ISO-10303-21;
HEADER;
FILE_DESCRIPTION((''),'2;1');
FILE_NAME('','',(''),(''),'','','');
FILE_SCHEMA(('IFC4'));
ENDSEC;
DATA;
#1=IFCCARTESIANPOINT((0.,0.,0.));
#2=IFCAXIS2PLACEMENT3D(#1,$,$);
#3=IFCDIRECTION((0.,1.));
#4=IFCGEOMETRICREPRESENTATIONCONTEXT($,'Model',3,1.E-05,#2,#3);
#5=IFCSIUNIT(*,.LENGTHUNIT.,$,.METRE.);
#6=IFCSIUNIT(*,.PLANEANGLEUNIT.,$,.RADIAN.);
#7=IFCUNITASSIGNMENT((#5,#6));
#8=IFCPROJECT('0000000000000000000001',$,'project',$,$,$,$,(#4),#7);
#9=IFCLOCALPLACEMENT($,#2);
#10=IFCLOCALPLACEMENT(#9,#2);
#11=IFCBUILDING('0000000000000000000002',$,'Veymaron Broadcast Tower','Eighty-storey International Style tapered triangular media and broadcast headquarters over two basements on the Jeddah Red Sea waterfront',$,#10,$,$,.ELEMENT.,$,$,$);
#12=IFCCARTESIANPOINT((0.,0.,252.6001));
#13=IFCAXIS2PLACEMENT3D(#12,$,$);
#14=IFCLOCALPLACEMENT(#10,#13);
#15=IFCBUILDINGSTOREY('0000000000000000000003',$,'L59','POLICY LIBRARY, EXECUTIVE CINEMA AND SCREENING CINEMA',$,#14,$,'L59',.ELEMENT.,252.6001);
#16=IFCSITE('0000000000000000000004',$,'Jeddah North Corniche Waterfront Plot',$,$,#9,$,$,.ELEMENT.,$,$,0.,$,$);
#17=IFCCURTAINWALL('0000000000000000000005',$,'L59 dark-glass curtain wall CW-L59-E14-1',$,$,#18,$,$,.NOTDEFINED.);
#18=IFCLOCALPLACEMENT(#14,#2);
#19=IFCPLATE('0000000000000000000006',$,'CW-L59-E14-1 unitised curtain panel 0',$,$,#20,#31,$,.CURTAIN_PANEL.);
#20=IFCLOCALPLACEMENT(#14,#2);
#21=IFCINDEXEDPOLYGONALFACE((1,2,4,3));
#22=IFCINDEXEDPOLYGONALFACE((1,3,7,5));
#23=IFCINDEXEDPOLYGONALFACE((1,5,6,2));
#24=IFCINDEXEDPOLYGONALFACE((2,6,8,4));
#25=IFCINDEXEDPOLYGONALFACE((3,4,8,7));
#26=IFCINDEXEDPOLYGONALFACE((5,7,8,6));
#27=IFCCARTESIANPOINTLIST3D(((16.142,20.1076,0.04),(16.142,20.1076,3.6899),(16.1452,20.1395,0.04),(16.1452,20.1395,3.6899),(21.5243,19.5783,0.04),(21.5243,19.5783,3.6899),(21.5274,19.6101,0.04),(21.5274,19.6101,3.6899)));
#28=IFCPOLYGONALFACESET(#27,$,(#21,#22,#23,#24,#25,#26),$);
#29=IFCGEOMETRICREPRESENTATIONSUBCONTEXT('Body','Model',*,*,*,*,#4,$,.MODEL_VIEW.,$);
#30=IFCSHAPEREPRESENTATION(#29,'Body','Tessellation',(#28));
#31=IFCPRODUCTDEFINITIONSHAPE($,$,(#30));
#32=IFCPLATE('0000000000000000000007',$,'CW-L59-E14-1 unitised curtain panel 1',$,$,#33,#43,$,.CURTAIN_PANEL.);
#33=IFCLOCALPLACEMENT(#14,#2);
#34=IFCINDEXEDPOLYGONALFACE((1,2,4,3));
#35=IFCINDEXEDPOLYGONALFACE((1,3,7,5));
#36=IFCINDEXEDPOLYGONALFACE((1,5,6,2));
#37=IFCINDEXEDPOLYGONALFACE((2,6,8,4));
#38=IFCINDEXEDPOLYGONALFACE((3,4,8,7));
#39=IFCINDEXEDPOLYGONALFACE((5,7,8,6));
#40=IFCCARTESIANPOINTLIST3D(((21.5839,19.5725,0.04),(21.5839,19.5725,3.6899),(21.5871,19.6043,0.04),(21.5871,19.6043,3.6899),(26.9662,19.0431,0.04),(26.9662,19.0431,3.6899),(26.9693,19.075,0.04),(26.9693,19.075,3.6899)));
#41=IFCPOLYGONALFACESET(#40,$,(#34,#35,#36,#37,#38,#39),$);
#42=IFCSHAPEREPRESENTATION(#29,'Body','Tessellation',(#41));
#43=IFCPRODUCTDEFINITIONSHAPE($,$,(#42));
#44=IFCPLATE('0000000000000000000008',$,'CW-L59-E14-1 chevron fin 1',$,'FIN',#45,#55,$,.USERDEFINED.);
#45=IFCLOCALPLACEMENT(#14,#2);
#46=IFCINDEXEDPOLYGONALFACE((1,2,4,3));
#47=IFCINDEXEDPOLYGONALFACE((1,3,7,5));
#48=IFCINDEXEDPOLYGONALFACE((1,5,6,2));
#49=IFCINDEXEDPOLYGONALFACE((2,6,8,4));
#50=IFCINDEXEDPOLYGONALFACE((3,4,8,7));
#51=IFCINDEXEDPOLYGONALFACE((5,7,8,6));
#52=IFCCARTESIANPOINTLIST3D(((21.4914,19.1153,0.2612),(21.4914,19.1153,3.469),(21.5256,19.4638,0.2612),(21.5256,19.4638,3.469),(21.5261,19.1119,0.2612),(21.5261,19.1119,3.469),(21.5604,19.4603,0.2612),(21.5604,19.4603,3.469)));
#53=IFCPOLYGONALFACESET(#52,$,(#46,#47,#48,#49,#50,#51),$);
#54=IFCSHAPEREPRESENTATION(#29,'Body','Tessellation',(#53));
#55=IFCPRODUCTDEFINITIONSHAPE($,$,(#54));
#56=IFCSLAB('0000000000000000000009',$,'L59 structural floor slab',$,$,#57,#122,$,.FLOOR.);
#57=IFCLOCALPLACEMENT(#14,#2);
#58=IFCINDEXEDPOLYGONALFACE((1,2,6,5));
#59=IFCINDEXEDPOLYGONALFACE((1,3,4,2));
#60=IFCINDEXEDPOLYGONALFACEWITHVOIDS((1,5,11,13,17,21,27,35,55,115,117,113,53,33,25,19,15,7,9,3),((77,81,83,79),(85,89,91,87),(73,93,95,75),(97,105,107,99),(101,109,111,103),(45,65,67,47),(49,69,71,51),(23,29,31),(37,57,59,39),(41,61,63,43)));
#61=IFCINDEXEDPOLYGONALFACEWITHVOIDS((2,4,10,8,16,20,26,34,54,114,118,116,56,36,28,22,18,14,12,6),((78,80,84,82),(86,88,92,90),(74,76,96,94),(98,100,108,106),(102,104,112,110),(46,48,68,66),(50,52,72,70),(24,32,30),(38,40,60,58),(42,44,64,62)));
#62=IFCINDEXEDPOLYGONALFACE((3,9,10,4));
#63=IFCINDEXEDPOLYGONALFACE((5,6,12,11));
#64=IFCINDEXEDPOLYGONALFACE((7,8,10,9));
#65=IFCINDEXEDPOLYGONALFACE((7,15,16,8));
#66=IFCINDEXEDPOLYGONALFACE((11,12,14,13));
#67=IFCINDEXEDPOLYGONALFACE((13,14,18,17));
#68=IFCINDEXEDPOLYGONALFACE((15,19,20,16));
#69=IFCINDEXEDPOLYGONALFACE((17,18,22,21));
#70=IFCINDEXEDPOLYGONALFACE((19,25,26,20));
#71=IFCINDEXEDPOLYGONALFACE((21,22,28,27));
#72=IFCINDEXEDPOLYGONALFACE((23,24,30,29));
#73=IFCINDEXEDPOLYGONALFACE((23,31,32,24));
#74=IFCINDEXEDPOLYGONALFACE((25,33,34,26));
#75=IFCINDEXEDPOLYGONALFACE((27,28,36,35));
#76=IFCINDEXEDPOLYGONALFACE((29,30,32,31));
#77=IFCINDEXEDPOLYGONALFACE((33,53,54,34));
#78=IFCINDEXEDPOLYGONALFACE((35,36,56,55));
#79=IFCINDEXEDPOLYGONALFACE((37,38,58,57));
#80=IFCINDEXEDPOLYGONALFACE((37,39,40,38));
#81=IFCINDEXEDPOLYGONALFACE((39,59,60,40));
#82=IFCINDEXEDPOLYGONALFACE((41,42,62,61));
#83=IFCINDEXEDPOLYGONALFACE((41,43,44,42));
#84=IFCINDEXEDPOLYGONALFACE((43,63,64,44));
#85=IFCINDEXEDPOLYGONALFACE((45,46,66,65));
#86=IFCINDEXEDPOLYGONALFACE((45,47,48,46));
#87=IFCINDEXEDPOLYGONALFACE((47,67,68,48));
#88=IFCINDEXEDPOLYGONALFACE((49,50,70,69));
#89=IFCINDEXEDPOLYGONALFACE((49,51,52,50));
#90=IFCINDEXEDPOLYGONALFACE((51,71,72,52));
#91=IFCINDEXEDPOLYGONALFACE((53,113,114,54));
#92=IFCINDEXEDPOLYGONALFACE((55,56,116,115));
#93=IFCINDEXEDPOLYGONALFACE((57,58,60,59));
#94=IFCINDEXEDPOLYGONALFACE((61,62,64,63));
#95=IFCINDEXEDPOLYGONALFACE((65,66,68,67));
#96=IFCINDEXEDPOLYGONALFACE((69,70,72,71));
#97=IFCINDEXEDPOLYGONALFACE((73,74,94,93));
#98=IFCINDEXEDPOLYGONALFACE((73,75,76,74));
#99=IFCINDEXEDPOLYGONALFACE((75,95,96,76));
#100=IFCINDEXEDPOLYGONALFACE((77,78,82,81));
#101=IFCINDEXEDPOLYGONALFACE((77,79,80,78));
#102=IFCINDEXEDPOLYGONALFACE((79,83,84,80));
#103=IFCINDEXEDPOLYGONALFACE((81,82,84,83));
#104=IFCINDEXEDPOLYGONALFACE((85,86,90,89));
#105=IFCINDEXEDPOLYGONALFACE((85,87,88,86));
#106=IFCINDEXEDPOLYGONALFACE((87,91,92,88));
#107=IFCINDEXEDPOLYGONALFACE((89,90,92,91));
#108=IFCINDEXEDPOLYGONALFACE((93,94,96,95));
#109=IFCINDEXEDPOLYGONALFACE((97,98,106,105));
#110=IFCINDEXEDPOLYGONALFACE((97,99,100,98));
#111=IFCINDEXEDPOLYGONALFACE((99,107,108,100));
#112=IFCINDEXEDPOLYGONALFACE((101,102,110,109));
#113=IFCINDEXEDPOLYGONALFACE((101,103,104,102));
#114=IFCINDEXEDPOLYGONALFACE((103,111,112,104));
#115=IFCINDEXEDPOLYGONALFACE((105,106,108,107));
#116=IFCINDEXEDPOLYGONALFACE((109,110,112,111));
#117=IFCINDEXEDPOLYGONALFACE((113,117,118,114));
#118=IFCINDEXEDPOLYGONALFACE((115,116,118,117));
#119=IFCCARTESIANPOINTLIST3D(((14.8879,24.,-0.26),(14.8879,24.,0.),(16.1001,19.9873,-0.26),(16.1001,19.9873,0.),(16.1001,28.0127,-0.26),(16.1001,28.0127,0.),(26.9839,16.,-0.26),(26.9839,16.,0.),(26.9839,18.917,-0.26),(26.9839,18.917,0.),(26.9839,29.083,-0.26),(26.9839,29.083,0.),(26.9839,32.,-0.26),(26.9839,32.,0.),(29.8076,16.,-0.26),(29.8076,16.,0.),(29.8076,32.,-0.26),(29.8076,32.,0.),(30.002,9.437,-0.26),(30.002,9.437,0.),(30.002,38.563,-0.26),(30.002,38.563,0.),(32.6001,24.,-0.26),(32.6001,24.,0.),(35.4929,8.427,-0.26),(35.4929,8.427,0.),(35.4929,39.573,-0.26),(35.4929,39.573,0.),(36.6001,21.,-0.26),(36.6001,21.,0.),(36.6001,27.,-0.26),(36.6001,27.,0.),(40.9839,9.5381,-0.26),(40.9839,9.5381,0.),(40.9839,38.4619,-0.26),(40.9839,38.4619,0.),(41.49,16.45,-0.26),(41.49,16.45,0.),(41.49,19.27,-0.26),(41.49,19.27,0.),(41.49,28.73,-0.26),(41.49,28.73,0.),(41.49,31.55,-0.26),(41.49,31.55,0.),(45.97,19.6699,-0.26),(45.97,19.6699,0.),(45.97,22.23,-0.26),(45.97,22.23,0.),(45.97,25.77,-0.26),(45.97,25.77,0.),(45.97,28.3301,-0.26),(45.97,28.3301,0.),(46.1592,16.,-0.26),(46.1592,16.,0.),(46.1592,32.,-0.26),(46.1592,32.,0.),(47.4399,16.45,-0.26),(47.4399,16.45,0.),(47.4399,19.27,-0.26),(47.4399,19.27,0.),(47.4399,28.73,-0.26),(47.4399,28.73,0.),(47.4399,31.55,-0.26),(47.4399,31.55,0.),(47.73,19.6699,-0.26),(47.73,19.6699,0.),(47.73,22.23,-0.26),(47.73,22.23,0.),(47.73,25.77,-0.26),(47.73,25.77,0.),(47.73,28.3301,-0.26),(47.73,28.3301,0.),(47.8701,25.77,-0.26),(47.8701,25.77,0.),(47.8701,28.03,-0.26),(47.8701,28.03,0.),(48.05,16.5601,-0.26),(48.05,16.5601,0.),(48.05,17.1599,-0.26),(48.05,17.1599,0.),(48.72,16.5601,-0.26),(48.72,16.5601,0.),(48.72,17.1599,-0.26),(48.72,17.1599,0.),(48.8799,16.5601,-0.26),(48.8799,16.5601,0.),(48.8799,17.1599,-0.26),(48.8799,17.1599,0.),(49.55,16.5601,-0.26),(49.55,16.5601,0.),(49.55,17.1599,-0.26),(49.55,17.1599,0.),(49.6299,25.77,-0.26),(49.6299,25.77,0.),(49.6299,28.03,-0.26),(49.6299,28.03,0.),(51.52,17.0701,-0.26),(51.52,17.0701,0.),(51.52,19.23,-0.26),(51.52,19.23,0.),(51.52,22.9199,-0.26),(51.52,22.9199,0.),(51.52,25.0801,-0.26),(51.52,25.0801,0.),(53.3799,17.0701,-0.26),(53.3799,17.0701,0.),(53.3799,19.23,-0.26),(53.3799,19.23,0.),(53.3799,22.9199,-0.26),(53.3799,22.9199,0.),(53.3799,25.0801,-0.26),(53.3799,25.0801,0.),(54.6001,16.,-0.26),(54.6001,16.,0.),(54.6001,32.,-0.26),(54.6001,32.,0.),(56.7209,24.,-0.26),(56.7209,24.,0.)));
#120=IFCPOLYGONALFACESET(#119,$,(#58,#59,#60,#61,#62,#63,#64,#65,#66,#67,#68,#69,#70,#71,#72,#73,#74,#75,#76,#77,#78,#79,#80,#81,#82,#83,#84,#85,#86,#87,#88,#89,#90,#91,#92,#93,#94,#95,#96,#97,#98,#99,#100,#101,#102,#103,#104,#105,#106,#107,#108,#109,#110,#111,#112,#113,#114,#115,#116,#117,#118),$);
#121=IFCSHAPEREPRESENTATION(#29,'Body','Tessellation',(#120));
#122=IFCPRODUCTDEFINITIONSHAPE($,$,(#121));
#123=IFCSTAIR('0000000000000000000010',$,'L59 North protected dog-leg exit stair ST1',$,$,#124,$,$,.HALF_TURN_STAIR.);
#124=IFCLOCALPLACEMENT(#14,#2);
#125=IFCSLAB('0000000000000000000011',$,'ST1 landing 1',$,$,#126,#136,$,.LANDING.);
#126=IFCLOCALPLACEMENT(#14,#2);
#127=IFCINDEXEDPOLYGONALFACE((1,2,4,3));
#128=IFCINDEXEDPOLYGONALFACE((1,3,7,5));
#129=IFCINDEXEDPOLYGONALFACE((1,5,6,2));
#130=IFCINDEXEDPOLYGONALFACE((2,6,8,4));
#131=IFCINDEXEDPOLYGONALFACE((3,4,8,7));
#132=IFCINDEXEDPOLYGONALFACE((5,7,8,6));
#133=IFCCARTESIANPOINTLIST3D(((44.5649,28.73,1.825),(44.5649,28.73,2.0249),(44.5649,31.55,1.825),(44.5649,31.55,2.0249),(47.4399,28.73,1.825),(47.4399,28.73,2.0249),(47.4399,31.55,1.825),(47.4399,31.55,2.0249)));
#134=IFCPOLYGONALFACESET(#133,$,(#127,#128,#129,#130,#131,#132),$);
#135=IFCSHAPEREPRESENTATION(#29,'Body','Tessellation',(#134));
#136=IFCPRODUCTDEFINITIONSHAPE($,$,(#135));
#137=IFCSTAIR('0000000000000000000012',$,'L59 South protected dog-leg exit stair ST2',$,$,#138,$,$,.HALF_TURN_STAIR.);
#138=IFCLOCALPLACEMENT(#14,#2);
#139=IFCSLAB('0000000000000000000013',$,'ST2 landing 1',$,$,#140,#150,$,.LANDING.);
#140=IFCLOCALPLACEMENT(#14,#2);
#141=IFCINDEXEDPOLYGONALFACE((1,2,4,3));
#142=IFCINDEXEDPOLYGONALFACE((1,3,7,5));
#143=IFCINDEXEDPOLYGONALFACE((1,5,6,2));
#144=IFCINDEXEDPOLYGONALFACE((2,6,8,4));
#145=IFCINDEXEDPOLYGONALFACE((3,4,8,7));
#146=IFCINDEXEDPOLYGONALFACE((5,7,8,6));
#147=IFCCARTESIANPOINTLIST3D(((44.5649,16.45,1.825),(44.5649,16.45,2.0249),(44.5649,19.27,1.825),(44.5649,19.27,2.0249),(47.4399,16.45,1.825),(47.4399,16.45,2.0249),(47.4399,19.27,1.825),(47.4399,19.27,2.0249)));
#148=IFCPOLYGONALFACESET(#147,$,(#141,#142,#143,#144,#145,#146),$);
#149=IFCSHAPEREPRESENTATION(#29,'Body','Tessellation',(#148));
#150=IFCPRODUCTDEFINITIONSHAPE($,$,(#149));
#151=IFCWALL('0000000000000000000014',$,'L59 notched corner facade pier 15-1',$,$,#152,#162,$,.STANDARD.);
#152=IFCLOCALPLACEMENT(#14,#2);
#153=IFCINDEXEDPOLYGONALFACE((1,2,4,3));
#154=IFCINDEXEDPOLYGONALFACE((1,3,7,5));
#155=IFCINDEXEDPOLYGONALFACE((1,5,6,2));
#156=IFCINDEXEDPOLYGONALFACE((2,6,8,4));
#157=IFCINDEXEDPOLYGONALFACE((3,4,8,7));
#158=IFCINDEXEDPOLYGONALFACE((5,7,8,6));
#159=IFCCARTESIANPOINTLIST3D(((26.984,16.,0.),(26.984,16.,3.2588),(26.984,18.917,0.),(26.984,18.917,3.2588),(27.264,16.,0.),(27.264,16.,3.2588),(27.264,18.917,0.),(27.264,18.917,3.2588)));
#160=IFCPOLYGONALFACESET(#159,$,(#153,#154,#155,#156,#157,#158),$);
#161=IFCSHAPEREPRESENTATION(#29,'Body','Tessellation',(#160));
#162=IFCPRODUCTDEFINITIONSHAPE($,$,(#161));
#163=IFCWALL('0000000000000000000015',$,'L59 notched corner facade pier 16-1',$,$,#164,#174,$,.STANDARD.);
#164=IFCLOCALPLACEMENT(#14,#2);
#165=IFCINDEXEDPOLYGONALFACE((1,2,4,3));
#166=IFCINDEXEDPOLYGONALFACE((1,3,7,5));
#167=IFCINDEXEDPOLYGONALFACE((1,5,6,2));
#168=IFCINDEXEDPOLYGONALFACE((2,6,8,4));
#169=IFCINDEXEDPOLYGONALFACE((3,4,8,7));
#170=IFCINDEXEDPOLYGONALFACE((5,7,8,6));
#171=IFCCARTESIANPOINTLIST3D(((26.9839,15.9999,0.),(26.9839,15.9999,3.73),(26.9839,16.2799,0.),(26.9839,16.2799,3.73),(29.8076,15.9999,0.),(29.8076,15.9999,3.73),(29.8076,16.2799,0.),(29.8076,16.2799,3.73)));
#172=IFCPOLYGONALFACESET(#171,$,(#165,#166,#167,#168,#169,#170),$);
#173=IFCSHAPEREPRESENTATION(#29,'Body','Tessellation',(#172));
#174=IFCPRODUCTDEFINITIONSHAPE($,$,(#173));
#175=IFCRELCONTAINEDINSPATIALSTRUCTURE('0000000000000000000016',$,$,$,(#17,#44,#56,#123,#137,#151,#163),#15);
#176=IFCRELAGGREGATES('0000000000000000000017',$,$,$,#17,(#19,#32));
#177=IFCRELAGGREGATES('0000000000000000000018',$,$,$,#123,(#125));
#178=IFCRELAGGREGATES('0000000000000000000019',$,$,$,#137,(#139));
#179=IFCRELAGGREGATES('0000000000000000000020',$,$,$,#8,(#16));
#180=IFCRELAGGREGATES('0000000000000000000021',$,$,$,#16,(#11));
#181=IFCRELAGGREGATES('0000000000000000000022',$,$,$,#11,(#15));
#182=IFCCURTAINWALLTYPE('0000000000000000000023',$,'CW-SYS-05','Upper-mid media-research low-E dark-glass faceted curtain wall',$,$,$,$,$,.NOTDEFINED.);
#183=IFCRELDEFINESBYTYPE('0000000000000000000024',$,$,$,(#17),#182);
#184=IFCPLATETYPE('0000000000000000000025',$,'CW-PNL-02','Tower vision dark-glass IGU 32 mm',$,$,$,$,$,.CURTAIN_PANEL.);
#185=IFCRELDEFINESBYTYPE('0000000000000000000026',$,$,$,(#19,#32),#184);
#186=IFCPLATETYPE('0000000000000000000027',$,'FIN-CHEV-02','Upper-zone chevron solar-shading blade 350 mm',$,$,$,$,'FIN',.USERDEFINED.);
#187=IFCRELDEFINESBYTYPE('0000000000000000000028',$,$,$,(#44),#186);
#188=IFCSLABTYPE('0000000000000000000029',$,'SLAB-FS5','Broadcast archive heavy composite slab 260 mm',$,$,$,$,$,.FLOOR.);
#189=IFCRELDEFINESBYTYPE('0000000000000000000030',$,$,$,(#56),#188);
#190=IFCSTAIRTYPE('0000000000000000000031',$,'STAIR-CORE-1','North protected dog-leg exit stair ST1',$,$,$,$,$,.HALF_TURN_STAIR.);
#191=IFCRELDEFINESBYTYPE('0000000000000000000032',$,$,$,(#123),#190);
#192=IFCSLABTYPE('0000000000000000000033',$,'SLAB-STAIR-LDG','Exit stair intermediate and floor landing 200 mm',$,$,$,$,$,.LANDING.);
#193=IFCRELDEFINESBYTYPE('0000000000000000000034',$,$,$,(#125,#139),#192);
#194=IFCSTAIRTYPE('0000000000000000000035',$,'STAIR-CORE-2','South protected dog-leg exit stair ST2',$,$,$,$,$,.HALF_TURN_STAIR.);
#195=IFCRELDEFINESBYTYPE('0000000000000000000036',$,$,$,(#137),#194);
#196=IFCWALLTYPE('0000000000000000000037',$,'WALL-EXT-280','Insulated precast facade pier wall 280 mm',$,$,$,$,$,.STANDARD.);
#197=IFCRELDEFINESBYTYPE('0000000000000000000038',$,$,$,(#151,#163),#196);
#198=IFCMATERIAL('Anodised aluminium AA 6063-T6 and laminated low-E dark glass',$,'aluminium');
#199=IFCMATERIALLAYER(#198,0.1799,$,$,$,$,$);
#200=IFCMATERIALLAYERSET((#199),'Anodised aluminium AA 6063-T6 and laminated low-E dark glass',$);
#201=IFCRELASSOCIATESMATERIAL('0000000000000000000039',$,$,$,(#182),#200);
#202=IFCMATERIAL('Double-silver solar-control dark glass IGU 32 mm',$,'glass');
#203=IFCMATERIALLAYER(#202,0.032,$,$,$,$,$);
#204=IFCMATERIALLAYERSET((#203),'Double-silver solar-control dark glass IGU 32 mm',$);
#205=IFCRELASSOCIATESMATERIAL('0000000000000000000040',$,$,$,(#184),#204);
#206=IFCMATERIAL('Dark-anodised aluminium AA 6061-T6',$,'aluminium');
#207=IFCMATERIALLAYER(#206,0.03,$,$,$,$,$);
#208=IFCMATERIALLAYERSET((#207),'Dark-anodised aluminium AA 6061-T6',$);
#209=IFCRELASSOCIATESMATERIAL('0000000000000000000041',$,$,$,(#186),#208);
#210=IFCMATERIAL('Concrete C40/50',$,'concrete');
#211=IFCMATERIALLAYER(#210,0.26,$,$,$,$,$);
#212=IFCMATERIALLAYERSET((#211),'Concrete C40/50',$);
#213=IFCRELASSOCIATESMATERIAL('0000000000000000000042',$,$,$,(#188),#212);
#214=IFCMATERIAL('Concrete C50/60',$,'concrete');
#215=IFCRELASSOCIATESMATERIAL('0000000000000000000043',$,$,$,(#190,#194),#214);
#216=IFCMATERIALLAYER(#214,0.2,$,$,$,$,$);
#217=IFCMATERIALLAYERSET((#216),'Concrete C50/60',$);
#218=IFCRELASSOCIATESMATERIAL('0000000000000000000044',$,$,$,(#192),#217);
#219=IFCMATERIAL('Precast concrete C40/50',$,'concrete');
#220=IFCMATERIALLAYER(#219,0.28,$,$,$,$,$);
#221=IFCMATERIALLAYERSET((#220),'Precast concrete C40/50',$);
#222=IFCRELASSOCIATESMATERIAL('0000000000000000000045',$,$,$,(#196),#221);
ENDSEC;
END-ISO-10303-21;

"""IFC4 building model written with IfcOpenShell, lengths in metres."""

from ifc_helpers import new_model, si_unit, direction, frame, frame_2d, origin, origin_2d, place, context, subcontext, project, spatial, polyline, rectangle, outline, extrude, material, layer, layer_set, type_object, element, aggregate, save


model = new_model("IFC4")

# Units and contexts
model_context = context("Model", 3, precision=1e-05, world=origin(), true_north=direction((0.0, 1.0)))
body_context = subcontext(model_context, "Body", "Model", "MODEL_VIEW")
ifc_project = project(units=[si_unit("LENGTHUNIT", "METRE"), si_unit("PLANEANGLEUNIT", "RADIAN")], contexts=[model_context])

# Site, building, storey
site_placement = place(None, origin())
site = spatial("IfcSite", under=ifc_project, at=site_placement, Name="Jeddah North Corniche Waterfront Plot", CompositionType="ELEMENT", RefElevation=0.0)
building_placement = place(site_placement, origin())
building = spatial("IfcBuilding", under=site, at=building_placement, Name="Veymaron Broadcast Tower", Description="Eighty-storey International Style tapered triangular media and broadcast headquarters over two basements on the Jeddah Red Sea waterfront", CompositionType="ELEMENT")
storey_placement = place(building_placement, frame((0.0, 0.0, 252.6001)))
storey = spatial("IfcBuildingStorey", under=building, at=storey_placement, Name="L59", Description="POLICY LIBRARY, EXECUTIVE CINEMA AND SCREENING CINEMA", LongName="L59", CompositionType="ELEMENT", Elevation=252.6001)

# Curtain wall, plates
ifc_material_1 = material(Name="Anodised aluminium AA 6063-T6 and laminated low-E dark glass", Category="aluminium")
ifc_layer_1 = layer(ifc_material_1, 0.1799)
ifc_layer_set_1 = layer_set([ifc_layer_1], Name="Anodised aluminium AA 6063-T6 and laminated low-E dark glass")
curtain_wall_type = type_object("IfcCurtainWallType", Name="CW-SYS-05", Description="Upper-mid media-research low-E dark-glass faceted curtain wall", PredefinedType="NOTDEFINED", material=ifc_layer_set_1)
curtain_wall_placement = place(storey_placement, origin())
curtain_wall = element("IfcCurtainWall", 1, at=curtain_wall_placement, inside=storey, type_object=curtain_wall_type, Name="L59 dark-glass curtain wall CW-L59-E14-1", PredefinedType="NOTDEFINED")
ifc_material_2 = material(Name="Double-silver solar-control dark glass IGU 32 mm", Category="glass")
ifc_layer_2 = layer(ifc_material_2, 0.032)
ifc_layer_set_2 = layer_set([ifc_layer_2], Name="Double-silver solar-control dark glass IGU 32 mm")
plate_type_1 = type_object("IfcPlateType", Name="CW-PNL-02", Description="Tower vision dark-glass IGU 32 mm", PredefinedType="CURTAIN_PANEL", material=ifc_layer_set_2)
plate_1_placement = place(storey_placement, frame((18.8347, 19.8589, 0.04), z_axis=(0.0, 0.0, 1.0), x_axis=(0.995198, -0.097878, 0.0)))
plate_1 = element("IfcPlate", 2, at=plate_1_placement, type_object=plate_type_1, Name="CW-L59-E14-1 unitised curtain panel 0", PredefinedType="CURTAIN_PANEL", context=body_context, shape_type="SweptSolid", body=[
    extrude(rectangle(XDim=5.4082, YDim=0.032, at=origin_2d()), origin(), (0.0, 0.0, 1.0), 3.6499),
])
plate_2_placement = place(storey_placement, frame((24.2766, 19.3237, 0.04), z_axis=(0.0, 0.0, 1.0), x_axis=(0.995198, -0.097878, 0.0)))
plate_2 = element("IfcPlate", 3, at=plate_2_placement, type_object=plate_type_1, Name="CW-L59-E14-1 unitised curtain panel 1", PredefinedType="CURTAIN_PANEL", context=body_context, shape_type="SweptSolid", body=[
    extrude(rectangle(XDim=5.4082, YDim=0.032, at=origin_2d()), origin(), (0.0, 0.0, 1.0), 3.6499),
])
aggregate(curtain_wall, [plate_1, plate_2])

# Plate
ifc_material_3 = material(Name="Dark-anodised aluminium AA 6061-T6", Category="aluminium")
ifc_layer_3 = layer(ifc_material_3, 0.03)
ifc_layer_set_3 = layer_set([ifc_layer_3], Name="Dark-anodised aluminium AA 6061-T6")
plate_type_2 = type_object("IfcPlateType", Name="FIN-CHEV-02", Description="Upper-zone chevron solar-shading blade 350 mm", ElementType="FIN", PredefinedType="USERDEFINED", material=ifc_layer_set_3)
plate_3_placement = place(storey_placement, frame((21.5259, 19.2878, 0.2612), z_axis=(0.0, 0.0, 1.0), x_axis=(-0.097878, -0.995198, 0.0)))
element("IfcPlate", 4, at=plate_3_placement, inside=storey, type_object=plate_type_2, Name="CW-L59-E14-1 chevron fin 1", ObjectType="FIN", PredefinedType="USERDEFINED", context=body_context, shape_type="SweptSolid", body=[
    extrude(rectangle(XDim=0.3501, YDim=0.0349, at=origin_2d()), origin(), (0.0, 0.0, 1.0), 3.2078),
])

# Slab
ifc_material_4 = material(Name="Concrete C40/50", Category="concrete")
ifc_layer_4 = layer(ifc_material_4, 0.26)
ifc_layer_set_4 = layer_set([ifc_layer_4], Name="Concrete C40/50")
slab_type_1 = type_object("IfcSlabType", Name="SLAB-FS5", Description="Broadcast archive heavy composite slab 260 mm", PredefinedType="FLOOR", material=ifc_layer_set_4)
slab_1_placement = place(storey_placement, frame((0.0, 0.0, -0.26)))
element("IfcSlab", 5, at=slab_1_placement, inside=storey, type_object=slab_type_1, Name="L59 structural floor slab", PredefinedType="FLOOR", context=body_context, shape_type="SweptSolid", body=[
    extrude(outline(polyline([(46.1592, 16.0), (54.6001, 16.0), (56.7209, 24.0), (54.6001, 32.0), (46.1592, 32.0), (40.9839, 38.4619), (35.4929, 39.573), (30.002, 38.563), (29.8076, 32.0), (26.9839, 32.0), (26.9839, 29.083), (16.1001, 28.0127), (14.8879, 24.0), (16.1001, 19.9873), (26.9839, 18.917), (26.9839, 16.0), (29.8076, 16.0), (30.002, 9.437), (35.4929, 8.427), (40.9839, 9.5381), (46.1592, 16.0)]), holes=[polyline([(45.97, 28.3301), (47.73, 28.3301), (47.73, 25.77), (45.97, 25.77), (45.97, 28.3301)]), polyline([(45.97, 22.23), (47.73, 22.23), (47.73, 19.6699), (45.97, 19.6699), (45.97, 22.23)]), polyline([(47.8701, 28.03), (49.6299, 28.03), (49.6299, 25.77), (47.8701, 25.77), (47.8701, 28.03)]), polyline([(51.52, 25.0801), (53.3799, 25.0801), (53.3799, 22.9199), (51.52, 22.9199), (51.52, 25.0801)]), polyline([(51.52, 19.23), (53.3799, 19.23), (53.3799, 17.0701), (51.52, 17.0701), (51.52, 19.23)]), polyline([(48.05, 17.1599), (48.72, 17.1599), (48.72, 16.5601), (48.05, 16.5601), (48.05, 17.1599)]), polyline([(48.8799, 17.1599), (49.55, 17.1599), (49.55, 16.5601), (48.8799, 16.5601), (48.8799, 17.1599)]), polyline([(36.6001, 27.0), (36.6001, 21.0), (32.6001, 24.0), (36.6001, 27.0)]), polyline([(41.49, 31.55), (47.4399, 31.55), (47.4399, 28.73), (41.49, 28.73), (41.49, 31.55)]), polyline([(41.49, 19.27), (47.4399, 19.27), (47.4399, 16.45), (41.49, 16.45), (41.49, 19.27)])]), origin(), (0.0, 0.0, 1.0), 0.26),
])

# Stairs, slabs
ifc_material_5 = material(Name="Concrete C50/60", Category="concrete")
stair_type_1 = type_object("IfcStairType", Name="STAIR-CORE-1", Description="North protected dog-leg exit stair ST1", PredefinedType="HALF_TURN_STAIR", material=ifc_material_5)
stair_1_placement = place(storey_placement, origin())
stair_1 = element("IfcStair", 6, at=stair_1_placement, inside=storey, type_object=stair_type_1, Name="L59 North protected dog-leg exit stair ST1", PredefinedType="HALF_TURN_STAIR")
ifc_layer_5 = layer(ifc_material_5, 0.2)
ifc_layer_set_5 = layer_set([ifc_layer_5], Name="Concrete C50/60")
slab_type_2 = type_object("IfcSlabType", Name="SLAB-STAIR-LDG", Description="Exit stair intermediate and floor landing 200 mm", PredefinedType="LANDING", material=ifc_layer_set_5)
slab_2_placement = place(storey_placement, frame((0.0, 0.0, 1.825)))
slab_2 = element("IfcSlab", 7, at=slab_2_placement, type_object=slab_type_2, Name="ST1 landing 1", PredefinedType="LANDING", context=body_context, shape_type="SweptSolid", body=[
    extrude(outline(polyline([(44.5649, 28.73), (47.4399, 28.73), (47.4399, 31.55), (44.5649, 31.55), (44.5649, 28.73)])), origin(), (0.0, 0.0, 1.0), 0.2),
])
aggregate(stair_1, [slab_2])
stair_type_2 = type_object("IfcStairType", Name="STAIR-CORE-2", Description="South protected dog-leg exit stair ST2", PredefinedType="HALF_TURN_STAIR", material=ifc_material_5)
stair_2_placement = place(storey_placement, origin())
stair_2 = element("IfcStair", 8, at=stair_2_placement, inside=storey, type_object=stair_type_2, Name="L59 South protected dog-leg exit stair ST2", PredefinedType="HALF_TURN_STAIR")
slab_3_placement = place(storey_placement, frame((0.0, 0.0, 1.825)))
slab_3 = element("IfcSlab", 9, at=slab_3_placement, type_object=slab_type_2, Name="ST2 landing 1", PredefinedType="LANDING", context=body_context, shape_type="SweptSolid", body=[
    extrude(outline(polyline([(44.5649, 16.45), (47.4399, 16.45), (47.4399, 19.27), (44.5649, 19.27), (44.5649, 16.45)])), origin(), (0.0, 0.0, 1.0), 0.2),
])
aggregate(stair_2, [slab_3])

# Walls
ifc_material_6 = material(Name="Precast concrete C40/50", Category="concrete")
ifc_layer_6 = layer(ifc_material_6, 0.28)
ifc_layer_set_6 = layer_set([ifc_layer_6], Name="Precast concrete C40/50")
wall_type_1 = type_object("IfcWallType", Name="WALL-EXT-280", Description="Insulated precast facade pier wall 280 mm", PredefinedType="STANDARD", material=ifc_layer_set_6)
wall_1_placement = place(storey_placement, frame((27.124, 18.917, 0.0), z_axis=(0.0, 0.0, 1.0), x_axis=(0.0, -1.0, 0.0)))
element("IfcWall", 10, at=wall_1_placement, inside=storey, type_object=wall_type_1, Name="L59 notched corner facade pier 15-1", PredefinedType="STANDARD", context=body_context, shape_type="SweptSolid", body=[
    extrude(rectangle(XDim=2.917, YDim=0.28, at=frame_2d((1.4585, 0.0))), origin(), (0.0, 0.0, 1.0), 3.2588),
])
wall_2_placement = place(storey_placement, frame((26.9839, 16.1399, 0.0), z_axis=(0.0, 0.0, 1.0), x_axis=(1.0, 0.0, 0.0)))
element("IfcWall", 11, at=wall_2_placement, inside=storey, type_object=wall_type_1, Name="L59 notched corner facade pier 16-1", PredefinedType="STANDARD", context=body_context, shape_type="SweptSolid", body=[
    extrude(rectangle(XDim=2.8237, YDim=0.28, at=frame_2d((1.4119, 0.0))), origin(), (0.0, 0.0, 1.0), 3.73),
])

save(model, "model.ifc")
